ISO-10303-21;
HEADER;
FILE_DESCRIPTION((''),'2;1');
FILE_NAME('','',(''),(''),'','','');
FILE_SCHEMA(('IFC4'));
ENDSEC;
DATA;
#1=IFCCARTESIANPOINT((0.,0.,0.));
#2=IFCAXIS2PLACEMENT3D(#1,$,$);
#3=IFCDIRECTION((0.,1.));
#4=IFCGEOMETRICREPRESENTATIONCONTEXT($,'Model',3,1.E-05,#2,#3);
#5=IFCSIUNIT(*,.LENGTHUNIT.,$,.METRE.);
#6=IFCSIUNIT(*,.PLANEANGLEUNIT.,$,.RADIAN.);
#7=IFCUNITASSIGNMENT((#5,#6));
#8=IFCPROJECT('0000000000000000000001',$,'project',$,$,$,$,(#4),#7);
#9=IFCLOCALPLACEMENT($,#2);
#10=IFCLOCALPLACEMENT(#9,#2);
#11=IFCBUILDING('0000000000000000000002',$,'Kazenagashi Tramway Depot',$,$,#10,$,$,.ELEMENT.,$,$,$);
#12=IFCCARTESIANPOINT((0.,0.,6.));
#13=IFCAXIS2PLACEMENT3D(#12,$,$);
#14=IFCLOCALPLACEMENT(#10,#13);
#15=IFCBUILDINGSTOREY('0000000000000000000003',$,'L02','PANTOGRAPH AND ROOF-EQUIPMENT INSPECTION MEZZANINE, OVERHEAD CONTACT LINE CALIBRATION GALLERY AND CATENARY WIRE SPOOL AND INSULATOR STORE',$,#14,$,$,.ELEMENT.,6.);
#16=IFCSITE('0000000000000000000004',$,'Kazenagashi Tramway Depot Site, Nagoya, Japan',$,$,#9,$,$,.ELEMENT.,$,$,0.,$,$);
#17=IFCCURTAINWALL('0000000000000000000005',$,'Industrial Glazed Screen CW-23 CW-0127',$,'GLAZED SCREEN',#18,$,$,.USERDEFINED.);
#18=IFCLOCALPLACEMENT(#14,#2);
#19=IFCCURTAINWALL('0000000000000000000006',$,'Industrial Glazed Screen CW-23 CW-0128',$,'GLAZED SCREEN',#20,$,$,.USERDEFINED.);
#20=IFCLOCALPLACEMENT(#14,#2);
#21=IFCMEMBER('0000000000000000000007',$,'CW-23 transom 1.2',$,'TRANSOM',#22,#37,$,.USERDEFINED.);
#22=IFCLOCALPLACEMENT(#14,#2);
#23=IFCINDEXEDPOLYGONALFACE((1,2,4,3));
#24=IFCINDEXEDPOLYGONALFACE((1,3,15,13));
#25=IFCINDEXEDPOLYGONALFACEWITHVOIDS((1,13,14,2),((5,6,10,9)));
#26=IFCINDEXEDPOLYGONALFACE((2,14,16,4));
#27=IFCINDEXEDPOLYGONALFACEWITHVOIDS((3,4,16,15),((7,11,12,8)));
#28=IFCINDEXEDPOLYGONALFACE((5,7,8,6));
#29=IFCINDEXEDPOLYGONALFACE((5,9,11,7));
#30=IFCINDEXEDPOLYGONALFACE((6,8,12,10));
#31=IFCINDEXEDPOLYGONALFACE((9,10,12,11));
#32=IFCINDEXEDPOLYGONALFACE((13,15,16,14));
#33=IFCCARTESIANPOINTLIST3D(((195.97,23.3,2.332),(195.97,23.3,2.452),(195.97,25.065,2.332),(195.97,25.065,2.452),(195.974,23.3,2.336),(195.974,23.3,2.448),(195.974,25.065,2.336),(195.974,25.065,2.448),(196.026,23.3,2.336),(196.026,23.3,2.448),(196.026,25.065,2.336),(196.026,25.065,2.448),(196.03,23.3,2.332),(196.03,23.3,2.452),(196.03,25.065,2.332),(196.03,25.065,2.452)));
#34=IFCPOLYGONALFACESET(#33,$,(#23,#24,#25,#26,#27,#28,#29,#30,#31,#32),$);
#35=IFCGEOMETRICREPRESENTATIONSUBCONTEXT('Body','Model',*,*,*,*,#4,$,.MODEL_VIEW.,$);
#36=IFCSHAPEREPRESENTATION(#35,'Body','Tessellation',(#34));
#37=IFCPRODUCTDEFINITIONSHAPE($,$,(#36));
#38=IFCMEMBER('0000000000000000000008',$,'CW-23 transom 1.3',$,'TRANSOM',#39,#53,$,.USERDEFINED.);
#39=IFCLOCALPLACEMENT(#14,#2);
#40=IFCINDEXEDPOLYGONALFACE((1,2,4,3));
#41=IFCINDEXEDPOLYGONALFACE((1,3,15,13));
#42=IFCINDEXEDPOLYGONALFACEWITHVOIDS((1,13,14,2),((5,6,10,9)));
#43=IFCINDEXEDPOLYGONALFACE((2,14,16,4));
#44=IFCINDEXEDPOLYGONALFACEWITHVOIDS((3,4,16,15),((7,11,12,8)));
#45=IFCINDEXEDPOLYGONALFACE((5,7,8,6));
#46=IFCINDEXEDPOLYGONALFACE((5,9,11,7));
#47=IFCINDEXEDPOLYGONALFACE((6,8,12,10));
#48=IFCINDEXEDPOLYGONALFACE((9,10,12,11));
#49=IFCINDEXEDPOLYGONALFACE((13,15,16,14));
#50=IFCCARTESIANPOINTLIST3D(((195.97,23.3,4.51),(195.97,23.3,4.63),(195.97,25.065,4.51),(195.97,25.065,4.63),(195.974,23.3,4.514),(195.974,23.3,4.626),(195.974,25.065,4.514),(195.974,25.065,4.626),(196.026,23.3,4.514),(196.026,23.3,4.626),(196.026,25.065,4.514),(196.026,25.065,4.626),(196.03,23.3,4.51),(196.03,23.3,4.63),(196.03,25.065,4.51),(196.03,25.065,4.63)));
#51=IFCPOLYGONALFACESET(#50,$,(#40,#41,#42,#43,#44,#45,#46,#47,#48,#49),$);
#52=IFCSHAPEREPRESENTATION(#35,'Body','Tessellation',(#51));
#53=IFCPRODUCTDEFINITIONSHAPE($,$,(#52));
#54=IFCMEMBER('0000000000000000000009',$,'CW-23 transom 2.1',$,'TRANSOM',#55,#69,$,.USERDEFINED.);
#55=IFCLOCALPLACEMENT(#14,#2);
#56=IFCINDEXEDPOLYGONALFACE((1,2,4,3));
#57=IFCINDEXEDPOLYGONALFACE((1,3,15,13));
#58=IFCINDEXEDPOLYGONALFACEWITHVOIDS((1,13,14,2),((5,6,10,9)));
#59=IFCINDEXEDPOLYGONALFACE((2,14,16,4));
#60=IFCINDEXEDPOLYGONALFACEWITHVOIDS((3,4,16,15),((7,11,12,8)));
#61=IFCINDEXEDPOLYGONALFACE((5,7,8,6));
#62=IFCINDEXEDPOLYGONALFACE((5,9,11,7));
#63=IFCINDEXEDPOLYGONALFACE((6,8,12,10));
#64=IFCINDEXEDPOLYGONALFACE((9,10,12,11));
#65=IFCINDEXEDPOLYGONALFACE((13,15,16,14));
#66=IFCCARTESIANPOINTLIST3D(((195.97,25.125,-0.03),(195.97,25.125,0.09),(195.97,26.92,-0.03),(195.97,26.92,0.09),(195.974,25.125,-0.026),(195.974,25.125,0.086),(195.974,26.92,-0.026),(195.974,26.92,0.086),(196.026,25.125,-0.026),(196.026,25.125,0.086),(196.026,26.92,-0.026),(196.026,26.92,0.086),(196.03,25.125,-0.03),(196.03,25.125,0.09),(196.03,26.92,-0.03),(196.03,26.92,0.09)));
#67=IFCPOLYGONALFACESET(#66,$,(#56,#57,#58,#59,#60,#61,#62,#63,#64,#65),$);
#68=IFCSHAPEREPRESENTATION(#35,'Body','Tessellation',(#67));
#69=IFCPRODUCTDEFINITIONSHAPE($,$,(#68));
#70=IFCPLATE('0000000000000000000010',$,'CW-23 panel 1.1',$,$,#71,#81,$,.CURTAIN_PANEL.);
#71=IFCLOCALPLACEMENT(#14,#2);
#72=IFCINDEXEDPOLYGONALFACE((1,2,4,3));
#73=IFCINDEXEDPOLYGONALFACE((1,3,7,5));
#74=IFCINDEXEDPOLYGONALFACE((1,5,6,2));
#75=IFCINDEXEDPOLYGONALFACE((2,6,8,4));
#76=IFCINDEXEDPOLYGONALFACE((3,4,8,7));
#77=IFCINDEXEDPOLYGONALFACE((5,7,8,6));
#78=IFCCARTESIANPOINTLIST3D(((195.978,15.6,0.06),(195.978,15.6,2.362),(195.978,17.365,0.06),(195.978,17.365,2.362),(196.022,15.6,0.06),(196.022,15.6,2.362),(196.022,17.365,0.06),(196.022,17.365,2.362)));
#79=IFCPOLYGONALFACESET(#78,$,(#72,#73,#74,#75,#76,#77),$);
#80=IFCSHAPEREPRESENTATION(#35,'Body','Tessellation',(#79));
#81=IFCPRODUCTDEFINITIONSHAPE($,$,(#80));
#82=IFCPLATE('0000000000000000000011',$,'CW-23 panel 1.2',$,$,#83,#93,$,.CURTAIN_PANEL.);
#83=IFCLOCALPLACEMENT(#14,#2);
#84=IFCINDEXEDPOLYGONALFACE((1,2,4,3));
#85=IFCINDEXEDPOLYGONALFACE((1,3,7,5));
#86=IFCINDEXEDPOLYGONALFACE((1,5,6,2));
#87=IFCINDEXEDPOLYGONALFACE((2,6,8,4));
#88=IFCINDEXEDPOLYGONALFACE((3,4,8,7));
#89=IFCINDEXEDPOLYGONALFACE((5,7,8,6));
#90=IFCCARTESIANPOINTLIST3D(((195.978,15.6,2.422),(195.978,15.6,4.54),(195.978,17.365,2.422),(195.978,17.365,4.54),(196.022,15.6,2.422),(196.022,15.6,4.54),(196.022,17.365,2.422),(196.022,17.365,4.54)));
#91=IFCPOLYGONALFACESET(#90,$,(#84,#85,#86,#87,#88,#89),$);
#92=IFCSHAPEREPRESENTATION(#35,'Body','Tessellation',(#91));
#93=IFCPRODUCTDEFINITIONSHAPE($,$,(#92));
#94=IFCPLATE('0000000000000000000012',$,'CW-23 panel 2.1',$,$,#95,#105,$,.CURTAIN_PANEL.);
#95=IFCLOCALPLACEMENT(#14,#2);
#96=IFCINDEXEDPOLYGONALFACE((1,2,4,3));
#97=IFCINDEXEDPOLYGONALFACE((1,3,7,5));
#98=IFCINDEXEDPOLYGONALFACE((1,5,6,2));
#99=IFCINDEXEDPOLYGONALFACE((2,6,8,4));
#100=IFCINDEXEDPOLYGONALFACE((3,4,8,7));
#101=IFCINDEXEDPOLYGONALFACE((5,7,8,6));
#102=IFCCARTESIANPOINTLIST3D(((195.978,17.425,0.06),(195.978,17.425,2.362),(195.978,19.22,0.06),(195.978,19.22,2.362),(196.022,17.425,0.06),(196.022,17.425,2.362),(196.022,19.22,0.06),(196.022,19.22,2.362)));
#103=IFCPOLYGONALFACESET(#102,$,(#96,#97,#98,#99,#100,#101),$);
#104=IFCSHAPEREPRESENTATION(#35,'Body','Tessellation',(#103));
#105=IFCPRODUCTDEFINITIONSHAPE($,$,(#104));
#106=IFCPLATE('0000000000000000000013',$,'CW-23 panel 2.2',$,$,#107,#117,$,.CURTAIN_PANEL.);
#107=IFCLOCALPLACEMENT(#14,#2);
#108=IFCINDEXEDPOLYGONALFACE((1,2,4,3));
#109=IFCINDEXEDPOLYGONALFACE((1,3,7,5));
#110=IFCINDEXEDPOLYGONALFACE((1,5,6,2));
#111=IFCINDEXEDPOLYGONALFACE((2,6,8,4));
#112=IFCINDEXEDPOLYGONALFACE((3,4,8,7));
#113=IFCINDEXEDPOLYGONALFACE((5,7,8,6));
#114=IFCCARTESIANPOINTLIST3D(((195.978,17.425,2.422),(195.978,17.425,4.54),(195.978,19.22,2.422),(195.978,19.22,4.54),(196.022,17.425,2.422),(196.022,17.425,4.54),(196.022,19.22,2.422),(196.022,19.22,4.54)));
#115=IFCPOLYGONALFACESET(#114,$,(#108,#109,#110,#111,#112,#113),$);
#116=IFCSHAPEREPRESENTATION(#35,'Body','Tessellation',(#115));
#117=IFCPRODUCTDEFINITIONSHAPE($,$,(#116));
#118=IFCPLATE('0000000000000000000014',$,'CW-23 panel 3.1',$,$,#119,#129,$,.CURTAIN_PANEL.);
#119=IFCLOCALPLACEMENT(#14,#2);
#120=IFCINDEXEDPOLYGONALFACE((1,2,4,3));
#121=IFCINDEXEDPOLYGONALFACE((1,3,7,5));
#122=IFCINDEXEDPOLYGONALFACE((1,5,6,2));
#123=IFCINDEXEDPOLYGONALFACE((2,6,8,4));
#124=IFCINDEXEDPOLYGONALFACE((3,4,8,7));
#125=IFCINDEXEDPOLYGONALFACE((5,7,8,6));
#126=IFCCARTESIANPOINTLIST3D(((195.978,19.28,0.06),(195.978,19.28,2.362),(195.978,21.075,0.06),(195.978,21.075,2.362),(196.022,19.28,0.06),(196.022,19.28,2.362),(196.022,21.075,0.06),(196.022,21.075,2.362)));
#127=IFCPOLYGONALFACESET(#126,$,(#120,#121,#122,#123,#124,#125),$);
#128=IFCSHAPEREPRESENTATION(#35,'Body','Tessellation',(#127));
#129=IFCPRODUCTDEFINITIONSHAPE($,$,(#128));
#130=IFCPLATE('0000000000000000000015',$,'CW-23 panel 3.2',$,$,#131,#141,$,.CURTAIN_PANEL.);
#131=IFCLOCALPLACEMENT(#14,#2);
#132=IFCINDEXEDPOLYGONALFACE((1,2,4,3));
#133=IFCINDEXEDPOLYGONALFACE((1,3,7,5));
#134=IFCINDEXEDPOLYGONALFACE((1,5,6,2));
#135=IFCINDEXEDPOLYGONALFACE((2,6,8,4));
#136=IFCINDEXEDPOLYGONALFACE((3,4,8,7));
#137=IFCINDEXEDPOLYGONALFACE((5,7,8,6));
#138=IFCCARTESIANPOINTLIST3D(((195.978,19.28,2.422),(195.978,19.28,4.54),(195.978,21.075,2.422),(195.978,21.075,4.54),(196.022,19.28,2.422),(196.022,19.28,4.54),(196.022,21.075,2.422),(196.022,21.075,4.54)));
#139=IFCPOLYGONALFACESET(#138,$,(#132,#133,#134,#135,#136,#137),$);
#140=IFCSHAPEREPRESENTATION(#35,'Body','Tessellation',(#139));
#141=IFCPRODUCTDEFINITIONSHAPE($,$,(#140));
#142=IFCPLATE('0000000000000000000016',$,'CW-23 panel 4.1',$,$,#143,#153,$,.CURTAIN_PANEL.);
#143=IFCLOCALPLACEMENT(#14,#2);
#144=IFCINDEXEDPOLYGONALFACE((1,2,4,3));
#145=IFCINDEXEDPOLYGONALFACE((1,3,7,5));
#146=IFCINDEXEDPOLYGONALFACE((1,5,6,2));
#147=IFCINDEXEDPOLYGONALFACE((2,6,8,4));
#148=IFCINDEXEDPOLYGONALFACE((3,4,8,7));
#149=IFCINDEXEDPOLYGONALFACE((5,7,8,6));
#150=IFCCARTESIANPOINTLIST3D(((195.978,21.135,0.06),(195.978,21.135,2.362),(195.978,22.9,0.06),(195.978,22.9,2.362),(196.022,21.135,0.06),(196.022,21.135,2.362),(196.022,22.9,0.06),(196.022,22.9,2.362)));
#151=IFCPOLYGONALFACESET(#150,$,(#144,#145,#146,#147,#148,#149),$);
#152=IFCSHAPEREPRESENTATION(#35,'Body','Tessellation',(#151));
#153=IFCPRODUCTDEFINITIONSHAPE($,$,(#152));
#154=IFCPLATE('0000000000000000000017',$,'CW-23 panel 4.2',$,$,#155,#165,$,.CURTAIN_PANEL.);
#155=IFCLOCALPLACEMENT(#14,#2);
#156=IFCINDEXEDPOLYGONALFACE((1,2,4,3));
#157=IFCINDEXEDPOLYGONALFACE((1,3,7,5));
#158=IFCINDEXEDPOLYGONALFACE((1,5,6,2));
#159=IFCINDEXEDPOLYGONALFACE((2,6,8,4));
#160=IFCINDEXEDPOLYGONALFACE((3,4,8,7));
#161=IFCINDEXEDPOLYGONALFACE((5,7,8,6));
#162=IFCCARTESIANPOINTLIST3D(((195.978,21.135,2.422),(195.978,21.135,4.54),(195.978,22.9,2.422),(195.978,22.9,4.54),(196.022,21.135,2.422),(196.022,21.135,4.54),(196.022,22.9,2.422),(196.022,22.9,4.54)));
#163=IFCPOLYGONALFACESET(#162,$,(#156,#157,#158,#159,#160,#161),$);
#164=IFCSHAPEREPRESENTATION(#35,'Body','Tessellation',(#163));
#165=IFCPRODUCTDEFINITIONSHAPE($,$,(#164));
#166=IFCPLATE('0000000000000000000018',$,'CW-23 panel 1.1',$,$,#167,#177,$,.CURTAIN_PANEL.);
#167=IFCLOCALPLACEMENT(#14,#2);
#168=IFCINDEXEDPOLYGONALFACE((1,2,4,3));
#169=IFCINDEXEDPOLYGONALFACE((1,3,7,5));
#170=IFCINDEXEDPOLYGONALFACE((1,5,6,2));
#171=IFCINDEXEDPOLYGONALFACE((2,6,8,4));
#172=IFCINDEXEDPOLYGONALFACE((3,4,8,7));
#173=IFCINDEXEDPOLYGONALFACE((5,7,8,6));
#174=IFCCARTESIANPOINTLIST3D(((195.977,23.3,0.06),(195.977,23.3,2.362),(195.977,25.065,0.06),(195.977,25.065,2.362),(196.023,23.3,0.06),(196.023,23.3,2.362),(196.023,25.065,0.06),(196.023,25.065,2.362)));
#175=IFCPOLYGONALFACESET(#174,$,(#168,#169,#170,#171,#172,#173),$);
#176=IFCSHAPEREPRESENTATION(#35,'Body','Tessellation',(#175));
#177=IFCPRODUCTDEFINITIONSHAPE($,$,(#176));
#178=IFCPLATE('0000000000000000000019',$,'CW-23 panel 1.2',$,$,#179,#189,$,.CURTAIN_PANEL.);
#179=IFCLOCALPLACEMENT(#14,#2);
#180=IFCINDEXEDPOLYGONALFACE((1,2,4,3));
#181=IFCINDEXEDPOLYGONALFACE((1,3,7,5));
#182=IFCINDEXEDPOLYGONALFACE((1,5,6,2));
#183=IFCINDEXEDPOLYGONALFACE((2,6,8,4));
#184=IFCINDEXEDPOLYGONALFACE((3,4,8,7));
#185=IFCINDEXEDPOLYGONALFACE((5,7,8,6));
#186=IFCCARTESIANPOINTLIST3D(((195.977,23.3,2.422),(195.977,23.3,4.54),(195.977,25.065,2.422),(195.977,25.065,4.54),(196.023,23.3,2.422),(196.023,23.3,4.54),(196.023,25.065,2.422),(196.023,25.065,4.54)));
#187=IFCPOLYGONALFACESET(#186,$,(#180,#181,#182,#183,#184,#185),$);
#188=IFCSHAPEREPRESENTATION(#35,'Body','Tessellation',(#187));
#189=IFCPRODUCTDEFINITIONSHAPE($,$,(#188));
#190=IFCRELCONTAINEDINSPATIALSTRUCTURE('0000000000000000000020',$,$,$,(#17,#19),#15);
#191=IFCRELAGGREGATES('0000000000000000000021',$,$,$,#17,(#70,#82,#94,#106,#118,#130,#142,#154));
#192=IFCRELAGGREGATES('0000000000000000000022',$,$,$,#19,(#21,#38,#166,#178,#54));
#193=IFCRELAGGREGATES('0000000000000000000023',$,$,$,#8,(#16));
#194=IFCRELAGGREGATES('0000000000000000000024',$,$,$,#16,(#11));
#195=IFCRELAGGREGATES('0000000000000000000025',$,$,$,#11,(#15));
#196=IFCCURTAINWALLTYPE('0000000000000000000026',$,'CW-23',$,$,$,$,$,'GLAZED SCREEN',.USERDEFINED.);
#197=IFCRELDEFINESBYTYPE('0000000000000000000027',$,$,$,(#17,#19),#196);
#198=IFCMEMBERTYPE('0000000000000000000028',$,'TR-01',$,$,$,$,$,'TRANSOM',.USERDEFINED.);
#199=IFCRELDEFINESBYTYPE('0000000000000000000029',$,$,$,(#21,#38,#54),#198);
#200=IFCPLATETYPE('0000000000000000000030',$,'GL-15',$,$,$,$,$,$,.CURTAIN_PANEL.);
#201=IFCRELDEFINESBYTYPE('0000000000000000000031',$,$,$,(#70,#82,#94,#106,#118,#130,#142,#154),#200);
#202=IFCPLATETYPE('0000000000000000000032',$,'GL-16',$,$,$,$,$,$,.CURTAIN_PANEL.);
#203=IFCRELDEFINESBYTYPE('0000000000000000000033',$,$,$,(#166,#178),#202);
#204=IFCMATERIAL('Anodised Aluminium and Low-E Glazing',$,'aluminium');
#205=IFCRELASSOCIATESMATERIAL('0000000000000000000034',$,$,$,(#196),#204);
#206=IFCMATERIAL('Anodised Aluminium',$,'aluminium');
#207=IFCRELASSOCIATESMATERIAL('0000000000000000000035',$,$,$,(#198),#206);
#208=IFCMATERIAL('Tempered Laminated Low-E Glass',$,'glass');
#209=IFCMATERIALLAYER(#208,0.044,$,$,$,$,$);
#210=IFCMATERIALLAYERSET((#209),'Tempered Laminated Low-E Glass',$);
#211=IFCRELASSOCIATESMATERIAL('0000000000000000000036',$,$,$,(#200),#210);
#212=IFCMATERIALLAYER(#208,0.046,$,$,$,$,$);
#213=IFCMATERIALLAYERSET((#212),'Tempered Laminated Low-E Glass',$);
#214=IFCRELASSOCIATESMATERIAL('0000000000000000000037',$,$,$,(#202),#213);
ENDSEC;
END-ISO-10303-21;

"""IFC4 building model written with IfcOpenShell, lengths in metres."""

from ifc_helpers import new_model, si_unit, direction, frame, origin, origin_2d, place, context, subcontext, project, spatial, rectangle, hollow_rectangle, extrude, material, layer, layer_set, material_profile, profile_set, type_object, element, aggregate, save


model = new_model("IFC4")

# Units and contexts
model_context = context("Model", 3, precision=1e-05, world=origin(), true_north=direction((0.0, 1.0)))
body_context = subcontext(model_context, "Body", "Model", "MODEL_VIEW")
ifc_project = project(units=[si_unit("LENGTHUNIT", "METRE"), si_unit("PLANEANGLEUNIT", "RADIAN")], contexts=[model_context])

# Site, building, storey
site_placement = place(None, origin())
site = spatial("IfcSite", under=ifc_project, at=site_placement, Name="Kazenagashi Tramway Depot Site, Nagoya, Japan", CompositionType="ELEMENT", RefElevation=0.0)
building_placement = place(site_placement, origin())
building = spatial("IfcBuilding", under=site, at=building_placement, Name="Kazenagashi Tramway Depot", CompositionType="ELEMENT")
storey_placement = place(building_placement, frame((0.0, 0.0, 6.0)))
storey = spatial("IfcBuildingStorey", under=building, at=storey_placement, Name="L02", Description="PANTOGRAPH AND ROOF-EQUIPMENT INSPECTION MEZZANINE, OVERHEAD CONTACT LINE CALIBRATION GALLERY AND CATENARY WIRE SPOOL AND INSULATOR STORE", CompositionType="ELEMENT", Elevation=6.0)

# Curtain walls
ifc_material_1 = material(Name="Anodised Aluminium and Low-E Glazing", Category="aluminium")
curtain_wall_type = type_object("IfcCurtainWallType", Name="CW-23", ElementType="GLAZED SCREEN", PredefinedType="USERDEFINED", material=ifc_material_1)
curtain_wall_1_placement = place(storey_placement, origin())
curtain_wall_1 = element("IfcCurtainWall", 1, at=curtain_wall_1_placement, inside=storey, type_object=curtain_wall_type, Name="Industrial Glazed Screen CW-23 CW-0127", ObjectType="GLAZED SCREEN", PredefinedType="USERDEFINED")
ifc_material_2 = material(Name="Anodised Aluminium", Category="aluminium")
curtain_wall_2_placement = place(storey_placement, origin())
curtain_wall_2 = element("IfcCurtainWall", 2, at=curtain_wall_2_placement, inside=storey, type_object=curtain_wall_type, Name="Industrial Glazed Screen CW-23 CW-0128", ObjectType="GLAZED SCREEN", PredefinedType="USERDEFINED")

# Members
ifc_material_profile_1 = material_profile(ifc_material_2, hollow_rectangle(XDim=0.06, YDim=0.12, WallThickness=0.004, at=origin_2d()), Name="RHS-120x60x4")
ifc_profile_set_1 = profile_set([ifc_material_profile_1], Name="Anodised Aluminium")
member_type_1 = type_object("IfcMemberType", Name="TR-01", ElementType="TRANSOM", PredefinedType="USERDEFINED", material=ifc_profile_set_1)
member_1_placement = place(storey_placement, frame((196.0, 23.3, 2.392), z_axis=(0.0, 1.0, 0.0), x_axis=(-1.0, 0.0, 0.0)))
member_1 = element("IfcMember", 3, at=member_1_placement, type_object=member_type_1, Name="CW-23 transom 1.2", ObjectType="TRANSOM", PredefinedType="USERDEFINED", context=body_context, shape_type="SweptSolid", body=[
    extrude(hollow_rectangle(XDim=0.06, YDim=0.12, WallThickness=0.004, at=origin_2d()), origin(), (0.0, 0.0, 1.0), 1.765),
])
member_2_placement = place(storey_placement, frame((196.0, 23.3, 4.57), z_axis=(0.0, 1.0, 0.0), x_axis=(-1.0, 0.0, 0.0)))
member_2 = element("IfcMember", 4, at=member_2_placement, type_object=member_type_1, Name="CW-23 transom 1.3", ObjectType="TRANSOM", PredefinedType="USERDEFINED", context=body_context, shape_type="SweptSolid", body=[
    extrude(hollow_rectangle(XDim=0.06, YDim=0.12, WallThickness=0.004, at=origin_2d()), origin(), (0.0, 0.0, 1.0), 1.765),
])
member_3_placement = place(storey_placement, frame((196.0, 25.125, 0.03), z_axis=(0.0, 1.0, 0.0), x_axis=(-1.0, 0.0, 0.0)))
member_3 = element("IfcMember", 5, at=member_3_placement, type_object=member_type_1, Name="CW-23 transom 2.1", ObjectType="TRANSOM", PredefinedType="USERDEFINED", context=body_context, shape_type="SweptSolid", body=[
    extrude(hollow_rectangle(XDim=0.06, YDim=0.12, WallThickness=0.004, at=origin_2d()), origin(), (0.0, 0.0, 1.0), 1.795),
])

# Plates
ifc_material_3 = material(Name="Tempered Laminated Low-E Glass", Category="glass")
ifc_layer_1 = layer(ifc_material_3, 0.044)
ifc_layer_set_1 = layer_set([ifc_layer_1], Name="Tempered Laminated Low-E Glass")
plate_type_1 = type_object("IfcPlateType", Name="GL-15", PredefinedType="CURTAIN_PANEL", material=ifc_layer_set_1)
plate_1_placement = place(storey_placement, frame((196.0, 16.4825, 0.06), z_axis=(0.0, 0.0, 1.0), x_axis=(0.0, 1.0, 0.0)))
plate_1 = element("IfcPlate", 6, at=plate_1_placement, type_object=plate_type_1, Name="CW-23 panel 1.1", PredefinedType="CURTAIN_PANEL", context=body_context, shape_type="SweptSolid", body=[
    extrude(rectangle(XDim=1.765, YDim=0.044, at=origin_2d()), origin(), (0.0, 0.0, 1.0), 2.302),
])
plate_2_placement = place(storey_placement, frame((196.0, 16.4825, 2.422), z_axis=(0.0, 0.0, 1.0), x_axis=(0.0, 1.0, 0.0)))
plate_2 = element("IfcPlate", 7, at=plate_2_placement, type_object=plate_type_1, Name="CW-23 panel 1.2", PredefinedType="CURTAIN_PANEL", context=body_context, shape_type="SweptSolid", body=[
    extrude(rectangle(XDim=1.765, YDim=0.044, at=origin_2d()), origin(), (0.0, 0.0, 1.0), 2.118),
])
plate_3_placement = place(storey_placement, frame((196.0, 18.3225, 0.06), z_axis=(0.0, 0.0, 1.0), x_axis=(0.0, 1.0, 0.0)))
plate_3 = element("IfcPlate", 8, at=plate_3_placement, type_object=plate_type_1, Name="CW-23 panel 2.1", PredefinedType="CURTAIN_PANEL", context=body_context, shape_type="SweptSolid", body=[
    extrude(rectangle(XDim=1.795, YDim=0.044, at=origin_2d()), origin(), (0.0, 0.0, 1.0), 2.302),
])
plate_4_placement = place(storey_placement, frame((196.0, 18.3225, 2.422), z_axis=(0.0, 0.0, 1.0), x_axis=(0.0, 1.0, 0.0)))
plate_4 = element("IfcPlate", 9, at=plate_4_placement, type_object=plate_type_1, Name="CW-23 panel 2.2", PredefinedType="CURTAIN_PANEL", context=body_context, shape_type="SweptSolid", body=[
    extrude(rectangle(XDim=1.795, YDim=0.044, at=origin_2d()), origin(), (0.0, 0.0, 1.0), 2.118),
])
plate_5_placement = place(storey_placement, frame((196.0, 20.1775, 0.06), z_axis=(0.0, 0.0, 1.0), x_axis=(0.0, 1.0, 0.0)))
plate_5 = element("IfcPlate", 10, at=plate_5_placement, type_object=plate_type_1, Name="CW-23 panel 3.1", PredefinedType="CURTAIN_PANEL", context=body_context, shape_type="SweptSolid", body=[
    extrude(rectangle(XDim=1.795, YDim=0.044, at=origin_2d()), origin(), (0.0, 0.0, 1.0), 2.302),
])
plate_6_placement = place(storey_placement, frame((196.0, 20.1775, 2.422), z_axis=(0.0, 0.0, 1.0), x_axis=(0.0, 1.0, 0.0)))
plate_6 = element("IfcPlate", 11, at=plate_6_placement, type_object=plate_type_1, Name="CW-23 panel 3.2", PredefinedType="CURTAIN_PANEL", context=body_context, shape_type="SweptSolid", body=[
    extrude(rectangle(XDim=1.795, YDim=0.044, at=origin_2d()), origin(), (0.0, 0.0, 1.0), 2.118),
])
plate_7_placement = place(storey_placement, frame((196.0, 22.0175, 0.06), z_axis=(0.0, 0.0, 1.0), x_axis=(0.0, 1.0, 0.0)))
plate_7 = element("IfcPlate", 12, at=plate_7_placement, type_object=plate_type_1, Name="CW-23 panel 4.1", PredefinedType="CURTAIN_PANEL", context=body_context, shape_type="SweptSolid", body=[
    extrude(rectangle(XDim=1.765, YDim=0.044, at=origin_2d()), origin(), (0.0, 0.0, 1.0), 2.302),
])
plate_8_placement = place(storey_placement, frame((196.0, 22.0175, 2.422), z_axis=(0.0, 0.0, 1.0), x_axis=(0.0, 1.0, 0.0)))
plate_8 = element("IfcPlate", 13, at=plate_8_placement, type_object=plate_type_1, Name="CW-23 panel 4.2", PredefinedType="CURTAIN_PANEL", context=body_context, shape_type="SweptSolid", body=[
    extrude(rectangle(XDim=1.765, YDim=0.044, at=origin_2d()), origin(), (0.0, 0.0, 1.0), 2.118),
])
aggregate(curtain_wall_1, [plate_1, plate_2, plate_3, plate_4, plate_5, plate_6, plate_7, plate_8])
ifc_layer_2 = layer(ifc_material_3, 0.046)
ifc_layer_set_2 = layer_set([ifc_layer_2], Name="Tempered Laminated Low-E Glass")
plate_type_2 = type_object("IfcPlateType", Name="GL-16", PredefinedType="CURTAIN_PANEL", material=ifc_layer_set_2)
plate_9_placement = place(storey_placement, frame((196.0, 24.1825, 0.06), z_axis=(0.0, 0.0, 1.0), x_axis=(0.0, 1.0, 0.0)))
plate_9 = element("IfcPlate", 14, at=plate_9_placement, type_object=plate_type_2, Name="CW-23 panel 1.1", PredefinedType="CURTAIN_PANEL", context=body_context, shape_type="SweptSolid", body=[
    extrude(rectangle(XDim=1.765, YDim=0.046, at=origin_2d()), origin(), (0.0, 0.0, 1.0), 2.302),
])
plate_10_placement = place(storey_placement, frame((196.0, 24.1825, 2.422), z_axis=(0.0, 0.0, 1.0), x_axis=(0.0, 1.0, 0.0)))
plate_10 = element("IfcPlate", 15, at=plate_10_placement, type_object=plate_type_2, Name="CW-23 panel 1.2", PredefinedType="CURTAIN_PANEL", context=body_context, shape_type="SweptSolid", body=[
    extrude(rectangle(XDim=1.765, YDim=0.046, at=origin_2d()), origin(), (0.0, 0.0, 1.0), 2.118),
])
aggregate(curtain_wall_2, [member_1, member_2, plate_9, plate_10, member_3])

save(model, "model.ifc")
